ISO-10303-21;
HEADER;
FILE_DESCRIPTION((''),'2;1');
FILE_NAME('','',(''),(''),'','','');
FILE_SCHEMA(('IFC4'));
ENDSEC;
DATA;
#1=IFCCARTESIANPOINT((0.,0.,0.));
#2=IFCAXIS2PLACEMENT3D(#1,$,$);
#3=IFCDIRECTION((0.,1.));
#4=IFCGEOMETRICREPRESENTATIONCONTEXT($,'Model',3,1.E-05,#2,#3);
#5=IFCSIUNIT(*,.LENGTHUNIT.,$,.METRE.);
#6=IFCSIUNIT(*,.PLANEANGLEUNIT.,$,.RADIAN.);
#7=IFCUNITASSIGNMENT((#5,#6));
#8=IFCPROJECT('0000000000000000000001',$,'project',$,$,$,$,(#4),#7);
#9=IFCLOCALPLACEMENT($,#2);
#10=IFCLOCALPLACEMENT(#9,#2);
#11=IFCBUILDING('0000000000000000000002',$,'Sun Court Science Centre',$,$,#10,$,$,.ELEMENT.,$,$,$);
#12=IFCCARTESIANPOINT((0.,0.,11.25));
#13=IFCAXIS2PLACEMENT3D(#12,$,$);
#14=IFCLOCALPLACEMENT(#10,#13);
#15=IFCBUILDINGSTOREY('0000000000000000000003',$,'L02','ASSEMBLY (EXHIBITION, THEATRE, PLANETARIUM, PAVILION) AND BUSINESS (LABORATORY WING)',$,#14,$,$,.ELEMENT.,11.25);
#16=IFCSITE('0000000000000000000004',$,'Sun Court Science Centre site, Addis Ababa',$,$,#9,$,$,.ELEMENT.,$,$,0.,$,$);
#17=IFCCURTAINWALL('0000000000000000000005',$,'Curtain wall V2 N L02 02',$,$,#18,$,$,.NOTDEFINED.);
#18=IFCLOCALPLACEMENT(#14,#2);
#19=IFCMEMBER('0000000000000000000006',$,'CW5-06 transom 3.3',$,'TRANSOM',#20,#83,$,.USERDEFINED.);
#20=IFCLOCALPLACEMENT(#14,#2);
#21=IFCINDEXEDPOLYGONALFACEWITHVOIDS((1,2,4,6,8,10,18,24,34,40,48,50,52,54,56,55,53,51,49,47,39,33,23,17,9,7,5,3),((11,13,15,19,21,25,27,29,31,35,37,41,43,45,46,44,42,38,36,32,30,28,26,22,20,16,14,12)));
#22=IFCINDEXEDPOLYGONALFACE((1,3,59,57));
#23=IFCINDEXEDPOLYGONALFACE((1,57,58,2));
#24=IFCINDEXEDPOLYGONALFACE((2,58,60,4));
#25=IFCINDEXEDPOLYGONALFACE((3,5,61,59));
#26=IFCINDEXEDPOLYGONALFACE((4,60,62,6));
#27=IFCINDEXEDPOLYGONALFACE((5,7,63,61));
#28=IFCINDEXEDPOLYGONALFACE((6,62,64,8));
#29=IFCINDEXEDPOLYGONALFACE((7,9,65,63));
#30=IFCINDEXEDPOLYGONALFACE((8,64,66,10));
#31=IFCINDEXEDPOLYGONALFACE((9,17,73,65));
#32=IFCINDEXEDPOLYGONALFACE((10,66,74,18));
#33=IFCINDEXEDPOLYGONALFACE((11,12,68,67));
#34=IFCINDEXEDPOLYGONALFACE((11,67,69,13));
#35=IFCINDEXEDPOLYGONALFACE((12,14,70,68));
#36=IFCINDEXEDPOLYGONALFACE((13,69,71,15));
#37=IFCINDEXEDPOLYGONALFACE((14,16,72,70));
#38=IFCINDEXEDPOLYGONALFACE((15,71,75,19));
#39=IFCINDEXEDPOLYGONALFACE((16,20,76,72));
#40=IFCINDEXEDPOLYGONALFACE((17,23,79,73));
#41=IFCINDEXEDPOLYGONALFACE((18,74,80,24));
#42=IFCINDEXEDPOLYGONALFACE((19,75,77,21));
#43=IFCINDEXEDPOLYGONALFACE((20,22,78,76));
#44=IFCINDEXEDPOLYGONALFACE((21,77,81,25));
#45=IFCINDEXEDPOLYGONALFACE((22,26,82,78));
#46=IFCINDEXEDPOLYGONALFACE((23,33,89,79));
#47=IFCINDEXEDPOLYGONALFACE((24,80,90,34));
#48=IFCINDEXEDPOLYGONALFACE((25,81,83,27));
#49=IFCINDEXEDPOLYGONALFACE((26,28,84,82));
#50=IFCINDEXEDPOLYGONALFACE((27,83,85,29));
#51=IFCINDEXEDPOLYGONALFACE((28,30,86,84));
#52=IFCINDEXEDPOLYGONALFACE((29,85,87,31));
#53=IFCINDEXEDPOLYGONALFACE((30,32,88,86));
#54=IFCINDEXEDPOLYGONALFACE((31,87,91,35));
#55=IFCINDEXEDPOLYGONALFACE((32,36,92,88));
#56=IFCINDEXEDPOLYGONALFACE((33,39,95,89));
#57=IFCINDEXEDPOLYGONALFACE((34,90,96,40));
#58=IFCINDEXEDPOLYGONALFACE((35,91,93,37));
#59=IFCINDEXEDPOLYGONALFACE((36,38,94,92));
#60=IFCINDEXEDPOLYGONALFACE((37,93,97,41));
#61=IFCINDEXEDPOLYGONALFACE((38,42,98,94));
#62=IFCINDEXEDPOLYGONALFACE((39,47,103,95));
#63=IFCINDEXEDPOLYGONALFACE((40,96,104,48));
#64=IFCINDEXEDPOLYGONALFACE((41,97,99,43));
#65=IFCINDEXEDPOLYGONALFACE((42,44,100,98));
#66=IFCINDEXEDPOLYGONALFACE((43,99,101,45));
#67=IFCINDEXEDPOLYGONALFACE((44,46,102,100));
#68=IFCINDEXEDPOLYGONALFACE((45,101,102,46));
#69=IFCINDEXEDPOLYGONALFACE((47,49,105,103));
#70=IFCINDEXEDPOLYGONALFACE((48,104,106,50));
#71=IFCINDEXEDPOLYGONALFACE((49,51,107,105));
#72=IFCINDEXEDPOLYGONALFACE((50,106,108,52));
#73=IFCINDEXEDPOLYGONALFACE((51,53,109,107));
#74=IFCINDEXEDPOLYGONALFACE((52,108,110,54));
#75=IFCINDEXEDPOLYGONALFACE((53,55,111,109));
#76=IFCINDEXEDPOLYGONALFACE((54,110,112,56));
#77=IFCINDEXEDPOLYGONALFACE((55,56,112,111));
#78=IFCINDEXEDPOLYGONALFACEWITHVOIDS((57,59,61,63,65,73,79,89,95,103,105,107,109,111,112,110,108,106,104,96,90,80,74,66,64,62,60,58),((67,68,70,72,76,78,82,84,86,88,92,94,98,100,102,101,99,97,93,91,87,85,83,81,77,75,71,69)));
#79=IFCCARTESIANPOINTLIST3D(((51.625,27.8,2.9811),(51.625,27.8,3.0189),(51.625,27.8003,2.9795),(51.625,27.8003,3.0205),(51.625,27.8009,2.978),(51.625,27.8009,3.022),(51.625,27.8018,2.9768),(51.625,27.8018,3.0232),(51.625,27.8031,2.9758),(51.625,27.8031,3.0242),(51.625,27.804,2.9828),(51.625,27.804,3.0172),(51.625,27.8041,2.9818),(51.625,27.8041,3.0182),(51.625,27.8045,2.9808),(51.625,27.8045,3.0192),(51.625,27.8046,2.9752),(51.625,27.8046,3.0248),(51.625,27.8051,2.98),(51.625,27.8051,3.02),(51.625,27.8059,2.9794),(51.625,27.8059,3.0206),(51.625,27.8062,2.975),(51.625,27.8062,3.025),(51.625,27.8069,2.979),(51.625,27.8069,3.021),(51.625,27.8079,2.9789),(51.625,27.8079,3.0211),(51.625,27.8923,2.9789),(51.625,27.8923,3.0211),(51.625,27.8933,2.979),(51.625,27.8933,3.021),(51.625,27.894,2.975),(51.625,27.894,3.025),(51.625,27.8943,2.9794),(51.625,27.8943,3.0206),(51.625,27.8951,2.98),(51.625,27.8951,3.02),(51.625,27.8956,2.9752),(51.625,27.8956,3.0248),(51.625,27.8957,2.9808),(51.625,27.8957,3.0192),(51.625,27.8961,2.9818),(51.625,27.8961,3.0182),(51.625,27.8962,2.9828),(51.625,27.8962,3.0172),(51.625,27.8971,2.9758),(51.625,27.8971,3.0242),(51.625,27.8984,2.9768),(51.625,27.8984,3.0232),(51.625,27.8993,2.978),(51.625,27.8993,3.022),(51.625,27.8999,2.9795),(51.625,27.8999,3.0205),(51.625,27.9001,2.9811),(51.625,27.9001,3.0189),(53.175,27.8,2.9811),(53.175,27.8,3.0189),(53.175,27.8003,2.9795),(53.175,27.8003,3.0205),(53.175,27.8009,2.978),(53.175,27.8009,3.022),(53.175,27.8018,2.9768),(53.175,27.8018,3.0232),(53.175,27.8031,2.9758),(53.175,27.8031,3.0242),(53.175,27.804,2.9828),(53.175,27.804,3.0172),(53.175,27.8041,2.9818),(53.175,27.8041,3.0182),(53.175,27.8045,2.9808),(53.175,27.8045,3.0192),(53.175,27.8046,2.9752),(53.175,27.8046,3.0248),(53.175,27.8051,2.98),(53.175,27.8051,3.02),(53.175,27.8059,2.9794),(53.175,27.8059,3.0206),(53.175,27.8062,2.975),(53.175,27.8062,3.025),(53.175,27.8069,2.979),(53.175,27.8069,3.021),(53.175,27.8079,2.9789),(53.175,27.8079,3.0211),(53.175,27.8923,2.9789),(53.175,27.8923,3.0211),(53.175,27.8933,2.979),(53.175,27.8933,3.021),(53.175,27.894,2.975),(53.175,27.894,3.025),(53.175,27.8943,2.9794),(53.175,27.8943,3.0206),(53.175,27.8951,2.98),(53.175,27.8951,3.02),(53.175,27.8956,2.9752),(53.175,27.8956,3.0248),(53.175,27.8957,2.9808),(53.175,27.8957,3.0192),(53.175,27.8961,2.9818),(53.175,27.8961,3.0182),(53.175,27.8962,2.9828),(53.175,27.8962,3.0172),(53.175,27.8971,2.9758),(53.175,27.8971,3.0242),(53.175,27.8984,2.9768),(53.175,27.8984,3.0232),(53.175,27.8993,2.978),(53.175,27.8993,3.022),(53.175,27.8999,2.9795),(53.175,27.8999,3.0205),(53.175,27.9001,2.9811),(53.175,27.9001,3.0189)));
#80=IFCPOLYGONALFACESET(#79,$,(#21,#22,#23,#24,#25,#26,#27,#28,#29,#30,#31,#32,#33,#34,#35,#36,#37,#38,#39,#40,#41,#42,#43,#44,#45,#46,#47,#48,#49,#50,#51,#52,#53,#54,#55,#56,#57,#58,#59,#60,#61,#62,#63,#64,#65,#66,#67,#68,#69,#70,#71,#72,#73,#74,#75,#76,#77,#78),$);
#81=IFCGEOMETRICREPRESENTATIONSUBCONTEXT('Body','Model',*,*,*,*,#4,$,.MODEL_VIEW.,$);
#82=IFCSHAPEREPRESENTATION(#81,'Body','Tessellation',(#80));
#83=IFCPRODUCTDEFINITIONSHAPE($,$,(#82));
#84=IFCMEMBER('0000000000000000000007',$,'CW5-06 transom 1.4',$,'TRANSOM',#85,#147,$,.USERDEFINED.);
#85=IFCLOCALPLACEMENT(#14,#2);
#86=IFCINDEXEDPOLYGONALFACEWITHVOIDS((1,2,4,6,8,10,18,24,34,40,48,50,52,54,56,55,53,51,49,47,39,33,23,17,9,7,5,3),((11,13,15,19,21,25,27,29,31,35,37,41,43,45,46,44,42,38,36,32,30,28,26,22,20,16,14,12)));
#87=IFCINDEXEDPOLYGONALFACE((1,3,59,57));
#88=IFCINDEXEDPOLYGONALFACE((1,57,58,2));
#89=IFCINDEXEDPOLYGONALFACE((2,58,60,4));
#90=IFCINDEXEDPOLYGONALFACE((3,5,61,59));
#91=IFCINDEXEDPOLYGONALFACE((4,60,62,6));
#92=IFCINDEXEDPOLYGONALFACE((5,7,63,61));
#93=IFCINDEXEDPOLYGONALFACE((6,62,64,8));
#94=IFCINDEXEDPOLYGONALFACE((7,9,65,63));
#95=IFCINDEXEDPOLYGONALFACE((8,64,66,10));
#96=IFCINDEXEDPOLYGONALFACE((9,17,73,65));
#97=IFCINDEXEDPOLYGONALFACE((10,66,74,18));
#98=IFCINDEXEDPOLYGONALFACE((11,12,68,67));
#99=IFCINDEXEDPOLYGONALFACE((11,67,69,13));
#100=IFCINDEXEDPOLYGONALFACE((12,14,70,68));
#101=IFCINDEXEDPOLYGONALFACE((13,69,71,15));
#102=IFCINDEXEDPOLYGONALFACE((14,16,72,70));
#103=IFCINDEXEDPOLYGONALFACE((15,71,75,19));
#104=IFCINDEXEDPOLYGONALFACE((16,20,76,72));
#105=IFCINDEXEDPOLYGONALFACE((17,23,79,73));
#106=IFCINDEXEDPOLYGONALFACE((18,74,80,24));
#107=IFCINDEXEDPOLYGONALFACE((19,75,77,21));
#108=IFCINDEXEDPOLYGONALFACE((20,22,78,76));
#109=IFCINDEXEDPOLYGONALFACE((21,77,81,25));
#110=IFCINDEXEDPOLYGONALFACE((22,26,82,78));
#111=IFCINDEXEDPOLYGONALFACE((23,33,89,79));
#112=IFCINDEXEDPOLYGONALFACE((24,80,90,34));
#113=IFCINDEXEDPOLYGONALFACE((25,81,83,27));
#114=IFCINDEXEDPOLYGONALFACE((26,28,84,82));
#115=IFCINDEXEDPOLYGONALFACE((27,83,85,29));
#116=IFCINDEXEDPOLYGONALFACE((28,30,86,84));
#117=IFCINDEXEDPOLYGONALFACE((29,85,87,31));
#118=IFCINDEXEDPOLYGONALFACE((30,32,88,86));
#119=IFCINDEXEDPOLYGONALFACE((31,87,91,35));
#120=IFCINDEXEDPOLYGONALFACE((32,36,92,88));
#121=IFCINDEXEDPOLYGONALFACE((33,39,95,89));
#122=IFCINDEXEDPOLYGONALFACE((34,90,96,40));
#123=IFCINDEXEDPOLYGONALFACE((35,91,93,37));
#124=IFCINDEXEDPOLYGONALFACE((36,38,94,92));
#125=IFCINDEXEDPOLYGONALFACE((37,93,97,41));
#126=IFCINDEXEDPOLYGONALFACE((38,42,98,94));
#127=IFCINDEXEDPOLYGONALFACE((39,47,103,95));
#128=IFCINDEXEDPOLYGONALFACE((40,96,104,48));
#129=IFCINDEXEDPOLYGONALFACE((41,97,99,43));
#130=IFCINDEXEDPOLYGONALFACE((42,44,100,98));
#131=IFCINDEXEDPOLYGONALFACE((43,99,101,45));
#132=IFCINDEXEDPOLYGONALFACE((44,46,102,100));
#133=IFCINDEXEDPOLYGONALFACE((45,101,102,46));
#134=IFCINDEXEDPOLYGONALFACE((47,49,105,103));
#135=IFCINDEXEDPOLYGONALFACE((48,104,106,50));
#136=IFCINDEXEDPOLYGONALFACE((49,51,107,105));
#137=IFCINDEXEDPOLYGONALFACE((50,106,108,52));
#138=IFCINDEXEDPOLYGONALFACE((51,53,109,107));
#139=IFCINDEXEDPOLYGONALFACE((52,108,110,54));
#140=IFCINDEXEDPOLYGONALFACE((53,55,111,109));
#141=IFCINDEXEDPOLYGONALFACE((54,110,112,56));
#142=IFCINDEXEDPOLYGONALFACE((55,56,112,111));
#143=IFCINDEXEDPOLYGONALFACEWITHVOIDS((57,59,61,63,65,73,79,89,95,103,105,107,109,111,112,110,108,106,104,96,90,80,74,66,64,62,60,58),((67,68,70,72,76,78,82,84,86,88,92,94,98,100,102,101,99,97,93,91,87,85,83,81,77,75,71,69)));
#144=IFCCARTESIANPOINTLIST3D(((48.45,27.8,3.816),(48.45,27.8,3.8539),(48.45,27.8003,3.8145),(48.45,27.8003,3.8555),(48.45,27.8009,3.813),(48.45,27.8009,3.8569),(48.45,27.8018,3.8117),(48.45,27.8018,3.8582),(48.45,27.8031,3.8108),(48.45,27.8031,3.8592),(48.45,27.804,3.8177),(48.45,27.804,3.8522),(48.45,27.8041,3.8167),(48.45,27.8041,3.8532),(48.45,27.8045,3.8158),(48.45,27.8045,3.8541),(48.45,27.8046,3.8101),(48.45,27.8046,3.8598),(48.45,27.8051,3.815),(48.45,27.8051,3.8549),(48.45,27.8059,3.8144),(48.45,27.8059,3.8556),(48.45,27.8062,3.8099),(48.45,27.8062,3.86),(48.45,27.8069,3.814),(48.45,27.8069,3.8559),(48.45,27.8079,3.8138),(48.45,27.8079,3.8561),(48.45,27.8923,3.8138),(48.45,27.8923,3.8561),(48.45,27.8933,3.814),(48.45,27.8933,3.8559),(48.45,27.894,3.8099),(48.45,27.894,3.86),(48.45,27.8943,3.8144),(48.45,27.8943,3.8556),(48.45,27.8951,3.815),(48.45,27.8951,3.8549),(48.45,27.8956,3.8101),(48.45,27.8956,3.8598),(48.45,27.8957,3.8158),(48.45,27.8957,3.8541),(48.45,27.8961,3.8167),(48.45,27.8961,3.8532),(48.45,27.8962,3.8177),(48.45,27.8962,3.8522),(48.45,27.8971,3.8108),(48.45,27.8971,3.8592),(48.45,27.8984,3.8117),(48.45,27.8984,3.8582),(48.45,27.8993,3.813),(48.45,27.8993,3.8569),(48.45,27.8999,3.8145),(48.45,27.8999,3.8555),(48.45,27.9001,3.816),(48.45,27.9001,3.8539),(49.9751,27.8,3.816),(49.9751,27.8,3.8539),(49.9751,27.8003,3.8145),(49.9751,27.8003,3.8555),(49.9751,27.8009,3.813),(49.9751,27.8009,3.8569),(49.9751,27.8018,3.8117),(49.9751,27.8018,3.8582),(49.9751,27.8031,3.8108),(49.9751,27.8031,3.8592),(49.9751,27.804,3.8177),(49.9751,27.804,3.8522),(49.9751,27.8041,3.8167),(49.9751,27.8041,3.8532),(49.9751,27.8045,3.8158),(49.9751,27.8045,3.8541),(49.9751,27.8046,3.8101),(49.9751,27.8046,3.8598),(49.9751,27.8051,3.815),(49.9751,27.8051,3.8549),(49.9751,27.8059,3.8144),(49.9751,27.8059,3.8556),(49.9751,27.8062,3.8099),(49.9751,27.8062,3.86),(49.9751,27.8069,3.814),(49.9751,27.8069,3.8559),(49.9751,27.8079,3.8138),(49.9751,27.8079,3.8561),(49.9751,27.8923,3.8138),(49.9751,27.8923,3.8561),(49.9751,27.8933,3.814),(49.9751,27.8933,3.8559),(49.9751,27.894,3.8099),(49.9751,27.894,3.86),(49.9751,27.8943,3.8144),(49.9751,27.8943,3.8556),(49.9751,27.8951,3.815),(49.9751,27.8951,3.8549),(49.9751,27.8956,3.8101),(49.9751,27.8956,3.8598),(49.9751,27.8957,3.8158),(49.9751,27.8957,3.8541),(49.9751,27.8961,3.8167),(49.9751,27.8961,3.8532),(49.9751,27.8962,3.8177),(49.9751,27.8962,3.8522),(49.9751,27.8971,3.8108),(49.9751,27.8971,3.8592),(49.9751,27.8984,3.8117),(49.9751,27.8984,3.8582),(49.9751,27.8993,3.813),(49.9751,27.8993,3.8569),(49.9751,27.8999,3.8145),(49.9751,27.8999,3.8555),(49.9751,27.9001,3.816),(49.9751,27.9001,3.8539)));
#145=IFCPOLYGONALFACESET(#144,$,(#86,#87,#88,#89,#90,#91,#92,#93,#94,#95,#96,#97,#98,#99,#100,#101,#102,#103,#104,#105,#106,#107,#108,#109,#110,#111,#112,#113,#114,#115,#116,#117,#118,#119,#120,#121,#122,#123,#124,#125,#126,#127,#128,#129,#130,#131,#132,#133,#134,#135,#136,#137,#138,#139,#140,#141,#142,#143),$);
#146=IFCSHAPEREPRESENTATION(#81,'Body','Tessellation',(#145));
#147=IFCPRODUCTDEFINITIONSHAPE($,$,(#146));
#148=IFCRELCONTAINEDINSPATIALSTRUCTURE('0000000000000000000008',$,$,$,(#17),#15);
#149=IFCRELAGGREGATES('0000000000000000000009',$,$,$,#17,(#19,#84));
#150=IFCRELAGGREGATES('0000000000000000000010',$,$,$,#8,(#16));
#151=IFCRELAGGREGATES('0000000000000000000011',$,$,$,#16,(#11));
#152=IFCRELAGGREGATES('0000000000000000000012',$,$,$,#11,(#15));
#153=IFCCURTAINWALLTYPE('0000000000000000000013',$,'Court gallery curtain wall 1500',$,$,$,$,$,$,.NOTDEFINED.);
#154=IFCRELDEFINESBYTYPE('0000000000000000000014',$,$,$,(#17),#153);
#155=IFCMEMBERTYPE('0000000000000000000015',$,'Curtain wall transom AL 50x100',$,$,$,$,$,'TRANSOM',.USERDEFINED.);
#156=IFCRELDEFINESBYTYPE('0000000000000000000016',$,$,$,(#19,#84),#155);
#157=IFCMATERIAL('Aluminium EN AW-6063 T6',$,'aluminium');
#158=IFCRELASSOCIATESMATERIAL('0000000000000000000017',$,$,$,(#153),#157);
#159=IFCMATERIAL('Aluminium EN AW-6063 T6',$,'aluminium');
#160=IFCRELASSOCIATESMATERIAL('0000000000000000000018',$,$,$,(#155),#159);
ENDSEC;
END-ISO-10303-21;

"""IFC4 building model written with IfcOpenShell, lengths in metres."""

from ifc_helpers import new_model, si_unit, direction, frame, origin, origin_2d, place, context, subcontext, project, spatial, hollow_rectangle, extrude, material, material_profile, profile_set, type_object, element, aggregate, save


model = new_model("IFC4")

# Units and contexts
model_context = context("Model", 3, precision=1e-05, world=origin(), true_north=direction((0.0, 1.0)))
body_context = subcontext(model_context, "Body", "Model", "MODEL_VIEW")
ifc_project = project(units=[si_unit("LENGTHUNIT", "METRE"), si_unit("PLANEANGLEUNIT", "RADIAN")], contexts=[model_context])

# Site, building, storey
site_placement = place(None, origin())
site = spatial("IfcSite", under=ifc_project, at=site_placement, Name="Sun Court Science Centre site, Addis Ababa", CompositionType="ELEMENT", RefElevation=0.0)
building_placement = place(site_placement, origin())
building = spatial("IfcBuilding", under=site, at=building_placement, Name="Sun Court Science Centre", CompositionType="ELEMENT")
storey_placement = place(building_placement, frame((0.0, 0.0, 11.25)))
storey = spatial("IfcBuildingStorey", under=building, at=storey_placement, Name="L02", Description="ASSEMBLY (EXHIBITION, THEATRE, PLANETARIUM, PAVILION) AND BUSINESS (LABORATORY WING)", CompositionType="ELEMENT", Elevation=11.25)

# Curtain wall
ifc_material_1 = material(Name="Aluminium EN AW-6063 T6", Category="aluminium")
curtain_wall_type_1 = type_object("IfcCurtainWallType", Name="Court gallery curtain wall 1500", PredefinedType="NOTDEFINED", material=ifc_material_1)
curtain_wall_1_placement = place(storey_placement, origin())
curtain_wall_1 = element("IfcCurtainWall", 1, at=curtain_wall_1_placement, inside=storey, type_object=curtain_wall_type_1, Name="Curtain wall V2 N L02 02", PredefinedType="NOTDEFINED")

# Members
ifc_material_2 = material(Name="Aluminium EN AW-6063 T6", Category="aluminium")
ifc_material_profile_1 = material_profile(ifc_material_2, hollow_rectangle(XDim=0.05, YDim=0.1001, WallThickness=0.0039, InnerFilletRadius=0.0039, OuterFilletRadius=0.0061, at=origin_2d()), Name="AL 50x100x4")
ifc_profile_set_1 = profile_set([ifc_material_profile_1], Name="Aluminium EN AW-6063 T6")
member_type_1 = type_object("IfcMemberType", Name="Curtain wall transom AL 50x100", ElementType="TRANSOM", PredefinedType="USERDEFINED", material=ifc_profile_set_1)
member_1_placement = place(storey_placement, frame((51.625, 27.8501, 3.0), z_axis=(1.0, 0.0, 0.0), x_axis=(0.0, 0.0, 1.0)))
member_1 = element("IfcMember", 2, at=member_1_placement, type_object=member_type_1, Name="CW5-06 transom 3.3", ObjectType="TRANSOM", PredefinedType="USERDEFINED", context=body_context, shape_type="SweptSolid", body=[
    extrude(hollow_rectangle(XDim=0.05, YDim=0.1001, WallThickness=0.0039, InnerFilletRadius=0.0039, OuterFilletRadius=0.0061, at=origin_2d()), origin(), (0.0, 0.0, 1.0), 1.55),
])
member_2_placement = place(storey_placement, frame((48.45, 27.8501, 3.835), z_axis=(1.0, 0.0, 0.0), x_axis=(0.0, 0.0, 1.0)))
member_2 = element("IfcMember", 3, at=member_2_placement, type_object=member_type_1, Name="CW5-06 transom 1.4", ObjectType="TRANSOM", PredefinedType="USERDEFINED", context=body_context, shape_type="SweptSolid", body=[
    extrude(hollow_rectangle(XDim=0.05, YDim=0.1001, WallThickness=0.0039, InnerFilletRadius=0.0039, OuterFilletRadius=0.0061, at=origin_2d()), origin(), (0.0, 0.0, 1.0), 1.5251),
])

aggregate(curtain_wall_1, [member_1, member_2])

save(model, "model.ifc")
